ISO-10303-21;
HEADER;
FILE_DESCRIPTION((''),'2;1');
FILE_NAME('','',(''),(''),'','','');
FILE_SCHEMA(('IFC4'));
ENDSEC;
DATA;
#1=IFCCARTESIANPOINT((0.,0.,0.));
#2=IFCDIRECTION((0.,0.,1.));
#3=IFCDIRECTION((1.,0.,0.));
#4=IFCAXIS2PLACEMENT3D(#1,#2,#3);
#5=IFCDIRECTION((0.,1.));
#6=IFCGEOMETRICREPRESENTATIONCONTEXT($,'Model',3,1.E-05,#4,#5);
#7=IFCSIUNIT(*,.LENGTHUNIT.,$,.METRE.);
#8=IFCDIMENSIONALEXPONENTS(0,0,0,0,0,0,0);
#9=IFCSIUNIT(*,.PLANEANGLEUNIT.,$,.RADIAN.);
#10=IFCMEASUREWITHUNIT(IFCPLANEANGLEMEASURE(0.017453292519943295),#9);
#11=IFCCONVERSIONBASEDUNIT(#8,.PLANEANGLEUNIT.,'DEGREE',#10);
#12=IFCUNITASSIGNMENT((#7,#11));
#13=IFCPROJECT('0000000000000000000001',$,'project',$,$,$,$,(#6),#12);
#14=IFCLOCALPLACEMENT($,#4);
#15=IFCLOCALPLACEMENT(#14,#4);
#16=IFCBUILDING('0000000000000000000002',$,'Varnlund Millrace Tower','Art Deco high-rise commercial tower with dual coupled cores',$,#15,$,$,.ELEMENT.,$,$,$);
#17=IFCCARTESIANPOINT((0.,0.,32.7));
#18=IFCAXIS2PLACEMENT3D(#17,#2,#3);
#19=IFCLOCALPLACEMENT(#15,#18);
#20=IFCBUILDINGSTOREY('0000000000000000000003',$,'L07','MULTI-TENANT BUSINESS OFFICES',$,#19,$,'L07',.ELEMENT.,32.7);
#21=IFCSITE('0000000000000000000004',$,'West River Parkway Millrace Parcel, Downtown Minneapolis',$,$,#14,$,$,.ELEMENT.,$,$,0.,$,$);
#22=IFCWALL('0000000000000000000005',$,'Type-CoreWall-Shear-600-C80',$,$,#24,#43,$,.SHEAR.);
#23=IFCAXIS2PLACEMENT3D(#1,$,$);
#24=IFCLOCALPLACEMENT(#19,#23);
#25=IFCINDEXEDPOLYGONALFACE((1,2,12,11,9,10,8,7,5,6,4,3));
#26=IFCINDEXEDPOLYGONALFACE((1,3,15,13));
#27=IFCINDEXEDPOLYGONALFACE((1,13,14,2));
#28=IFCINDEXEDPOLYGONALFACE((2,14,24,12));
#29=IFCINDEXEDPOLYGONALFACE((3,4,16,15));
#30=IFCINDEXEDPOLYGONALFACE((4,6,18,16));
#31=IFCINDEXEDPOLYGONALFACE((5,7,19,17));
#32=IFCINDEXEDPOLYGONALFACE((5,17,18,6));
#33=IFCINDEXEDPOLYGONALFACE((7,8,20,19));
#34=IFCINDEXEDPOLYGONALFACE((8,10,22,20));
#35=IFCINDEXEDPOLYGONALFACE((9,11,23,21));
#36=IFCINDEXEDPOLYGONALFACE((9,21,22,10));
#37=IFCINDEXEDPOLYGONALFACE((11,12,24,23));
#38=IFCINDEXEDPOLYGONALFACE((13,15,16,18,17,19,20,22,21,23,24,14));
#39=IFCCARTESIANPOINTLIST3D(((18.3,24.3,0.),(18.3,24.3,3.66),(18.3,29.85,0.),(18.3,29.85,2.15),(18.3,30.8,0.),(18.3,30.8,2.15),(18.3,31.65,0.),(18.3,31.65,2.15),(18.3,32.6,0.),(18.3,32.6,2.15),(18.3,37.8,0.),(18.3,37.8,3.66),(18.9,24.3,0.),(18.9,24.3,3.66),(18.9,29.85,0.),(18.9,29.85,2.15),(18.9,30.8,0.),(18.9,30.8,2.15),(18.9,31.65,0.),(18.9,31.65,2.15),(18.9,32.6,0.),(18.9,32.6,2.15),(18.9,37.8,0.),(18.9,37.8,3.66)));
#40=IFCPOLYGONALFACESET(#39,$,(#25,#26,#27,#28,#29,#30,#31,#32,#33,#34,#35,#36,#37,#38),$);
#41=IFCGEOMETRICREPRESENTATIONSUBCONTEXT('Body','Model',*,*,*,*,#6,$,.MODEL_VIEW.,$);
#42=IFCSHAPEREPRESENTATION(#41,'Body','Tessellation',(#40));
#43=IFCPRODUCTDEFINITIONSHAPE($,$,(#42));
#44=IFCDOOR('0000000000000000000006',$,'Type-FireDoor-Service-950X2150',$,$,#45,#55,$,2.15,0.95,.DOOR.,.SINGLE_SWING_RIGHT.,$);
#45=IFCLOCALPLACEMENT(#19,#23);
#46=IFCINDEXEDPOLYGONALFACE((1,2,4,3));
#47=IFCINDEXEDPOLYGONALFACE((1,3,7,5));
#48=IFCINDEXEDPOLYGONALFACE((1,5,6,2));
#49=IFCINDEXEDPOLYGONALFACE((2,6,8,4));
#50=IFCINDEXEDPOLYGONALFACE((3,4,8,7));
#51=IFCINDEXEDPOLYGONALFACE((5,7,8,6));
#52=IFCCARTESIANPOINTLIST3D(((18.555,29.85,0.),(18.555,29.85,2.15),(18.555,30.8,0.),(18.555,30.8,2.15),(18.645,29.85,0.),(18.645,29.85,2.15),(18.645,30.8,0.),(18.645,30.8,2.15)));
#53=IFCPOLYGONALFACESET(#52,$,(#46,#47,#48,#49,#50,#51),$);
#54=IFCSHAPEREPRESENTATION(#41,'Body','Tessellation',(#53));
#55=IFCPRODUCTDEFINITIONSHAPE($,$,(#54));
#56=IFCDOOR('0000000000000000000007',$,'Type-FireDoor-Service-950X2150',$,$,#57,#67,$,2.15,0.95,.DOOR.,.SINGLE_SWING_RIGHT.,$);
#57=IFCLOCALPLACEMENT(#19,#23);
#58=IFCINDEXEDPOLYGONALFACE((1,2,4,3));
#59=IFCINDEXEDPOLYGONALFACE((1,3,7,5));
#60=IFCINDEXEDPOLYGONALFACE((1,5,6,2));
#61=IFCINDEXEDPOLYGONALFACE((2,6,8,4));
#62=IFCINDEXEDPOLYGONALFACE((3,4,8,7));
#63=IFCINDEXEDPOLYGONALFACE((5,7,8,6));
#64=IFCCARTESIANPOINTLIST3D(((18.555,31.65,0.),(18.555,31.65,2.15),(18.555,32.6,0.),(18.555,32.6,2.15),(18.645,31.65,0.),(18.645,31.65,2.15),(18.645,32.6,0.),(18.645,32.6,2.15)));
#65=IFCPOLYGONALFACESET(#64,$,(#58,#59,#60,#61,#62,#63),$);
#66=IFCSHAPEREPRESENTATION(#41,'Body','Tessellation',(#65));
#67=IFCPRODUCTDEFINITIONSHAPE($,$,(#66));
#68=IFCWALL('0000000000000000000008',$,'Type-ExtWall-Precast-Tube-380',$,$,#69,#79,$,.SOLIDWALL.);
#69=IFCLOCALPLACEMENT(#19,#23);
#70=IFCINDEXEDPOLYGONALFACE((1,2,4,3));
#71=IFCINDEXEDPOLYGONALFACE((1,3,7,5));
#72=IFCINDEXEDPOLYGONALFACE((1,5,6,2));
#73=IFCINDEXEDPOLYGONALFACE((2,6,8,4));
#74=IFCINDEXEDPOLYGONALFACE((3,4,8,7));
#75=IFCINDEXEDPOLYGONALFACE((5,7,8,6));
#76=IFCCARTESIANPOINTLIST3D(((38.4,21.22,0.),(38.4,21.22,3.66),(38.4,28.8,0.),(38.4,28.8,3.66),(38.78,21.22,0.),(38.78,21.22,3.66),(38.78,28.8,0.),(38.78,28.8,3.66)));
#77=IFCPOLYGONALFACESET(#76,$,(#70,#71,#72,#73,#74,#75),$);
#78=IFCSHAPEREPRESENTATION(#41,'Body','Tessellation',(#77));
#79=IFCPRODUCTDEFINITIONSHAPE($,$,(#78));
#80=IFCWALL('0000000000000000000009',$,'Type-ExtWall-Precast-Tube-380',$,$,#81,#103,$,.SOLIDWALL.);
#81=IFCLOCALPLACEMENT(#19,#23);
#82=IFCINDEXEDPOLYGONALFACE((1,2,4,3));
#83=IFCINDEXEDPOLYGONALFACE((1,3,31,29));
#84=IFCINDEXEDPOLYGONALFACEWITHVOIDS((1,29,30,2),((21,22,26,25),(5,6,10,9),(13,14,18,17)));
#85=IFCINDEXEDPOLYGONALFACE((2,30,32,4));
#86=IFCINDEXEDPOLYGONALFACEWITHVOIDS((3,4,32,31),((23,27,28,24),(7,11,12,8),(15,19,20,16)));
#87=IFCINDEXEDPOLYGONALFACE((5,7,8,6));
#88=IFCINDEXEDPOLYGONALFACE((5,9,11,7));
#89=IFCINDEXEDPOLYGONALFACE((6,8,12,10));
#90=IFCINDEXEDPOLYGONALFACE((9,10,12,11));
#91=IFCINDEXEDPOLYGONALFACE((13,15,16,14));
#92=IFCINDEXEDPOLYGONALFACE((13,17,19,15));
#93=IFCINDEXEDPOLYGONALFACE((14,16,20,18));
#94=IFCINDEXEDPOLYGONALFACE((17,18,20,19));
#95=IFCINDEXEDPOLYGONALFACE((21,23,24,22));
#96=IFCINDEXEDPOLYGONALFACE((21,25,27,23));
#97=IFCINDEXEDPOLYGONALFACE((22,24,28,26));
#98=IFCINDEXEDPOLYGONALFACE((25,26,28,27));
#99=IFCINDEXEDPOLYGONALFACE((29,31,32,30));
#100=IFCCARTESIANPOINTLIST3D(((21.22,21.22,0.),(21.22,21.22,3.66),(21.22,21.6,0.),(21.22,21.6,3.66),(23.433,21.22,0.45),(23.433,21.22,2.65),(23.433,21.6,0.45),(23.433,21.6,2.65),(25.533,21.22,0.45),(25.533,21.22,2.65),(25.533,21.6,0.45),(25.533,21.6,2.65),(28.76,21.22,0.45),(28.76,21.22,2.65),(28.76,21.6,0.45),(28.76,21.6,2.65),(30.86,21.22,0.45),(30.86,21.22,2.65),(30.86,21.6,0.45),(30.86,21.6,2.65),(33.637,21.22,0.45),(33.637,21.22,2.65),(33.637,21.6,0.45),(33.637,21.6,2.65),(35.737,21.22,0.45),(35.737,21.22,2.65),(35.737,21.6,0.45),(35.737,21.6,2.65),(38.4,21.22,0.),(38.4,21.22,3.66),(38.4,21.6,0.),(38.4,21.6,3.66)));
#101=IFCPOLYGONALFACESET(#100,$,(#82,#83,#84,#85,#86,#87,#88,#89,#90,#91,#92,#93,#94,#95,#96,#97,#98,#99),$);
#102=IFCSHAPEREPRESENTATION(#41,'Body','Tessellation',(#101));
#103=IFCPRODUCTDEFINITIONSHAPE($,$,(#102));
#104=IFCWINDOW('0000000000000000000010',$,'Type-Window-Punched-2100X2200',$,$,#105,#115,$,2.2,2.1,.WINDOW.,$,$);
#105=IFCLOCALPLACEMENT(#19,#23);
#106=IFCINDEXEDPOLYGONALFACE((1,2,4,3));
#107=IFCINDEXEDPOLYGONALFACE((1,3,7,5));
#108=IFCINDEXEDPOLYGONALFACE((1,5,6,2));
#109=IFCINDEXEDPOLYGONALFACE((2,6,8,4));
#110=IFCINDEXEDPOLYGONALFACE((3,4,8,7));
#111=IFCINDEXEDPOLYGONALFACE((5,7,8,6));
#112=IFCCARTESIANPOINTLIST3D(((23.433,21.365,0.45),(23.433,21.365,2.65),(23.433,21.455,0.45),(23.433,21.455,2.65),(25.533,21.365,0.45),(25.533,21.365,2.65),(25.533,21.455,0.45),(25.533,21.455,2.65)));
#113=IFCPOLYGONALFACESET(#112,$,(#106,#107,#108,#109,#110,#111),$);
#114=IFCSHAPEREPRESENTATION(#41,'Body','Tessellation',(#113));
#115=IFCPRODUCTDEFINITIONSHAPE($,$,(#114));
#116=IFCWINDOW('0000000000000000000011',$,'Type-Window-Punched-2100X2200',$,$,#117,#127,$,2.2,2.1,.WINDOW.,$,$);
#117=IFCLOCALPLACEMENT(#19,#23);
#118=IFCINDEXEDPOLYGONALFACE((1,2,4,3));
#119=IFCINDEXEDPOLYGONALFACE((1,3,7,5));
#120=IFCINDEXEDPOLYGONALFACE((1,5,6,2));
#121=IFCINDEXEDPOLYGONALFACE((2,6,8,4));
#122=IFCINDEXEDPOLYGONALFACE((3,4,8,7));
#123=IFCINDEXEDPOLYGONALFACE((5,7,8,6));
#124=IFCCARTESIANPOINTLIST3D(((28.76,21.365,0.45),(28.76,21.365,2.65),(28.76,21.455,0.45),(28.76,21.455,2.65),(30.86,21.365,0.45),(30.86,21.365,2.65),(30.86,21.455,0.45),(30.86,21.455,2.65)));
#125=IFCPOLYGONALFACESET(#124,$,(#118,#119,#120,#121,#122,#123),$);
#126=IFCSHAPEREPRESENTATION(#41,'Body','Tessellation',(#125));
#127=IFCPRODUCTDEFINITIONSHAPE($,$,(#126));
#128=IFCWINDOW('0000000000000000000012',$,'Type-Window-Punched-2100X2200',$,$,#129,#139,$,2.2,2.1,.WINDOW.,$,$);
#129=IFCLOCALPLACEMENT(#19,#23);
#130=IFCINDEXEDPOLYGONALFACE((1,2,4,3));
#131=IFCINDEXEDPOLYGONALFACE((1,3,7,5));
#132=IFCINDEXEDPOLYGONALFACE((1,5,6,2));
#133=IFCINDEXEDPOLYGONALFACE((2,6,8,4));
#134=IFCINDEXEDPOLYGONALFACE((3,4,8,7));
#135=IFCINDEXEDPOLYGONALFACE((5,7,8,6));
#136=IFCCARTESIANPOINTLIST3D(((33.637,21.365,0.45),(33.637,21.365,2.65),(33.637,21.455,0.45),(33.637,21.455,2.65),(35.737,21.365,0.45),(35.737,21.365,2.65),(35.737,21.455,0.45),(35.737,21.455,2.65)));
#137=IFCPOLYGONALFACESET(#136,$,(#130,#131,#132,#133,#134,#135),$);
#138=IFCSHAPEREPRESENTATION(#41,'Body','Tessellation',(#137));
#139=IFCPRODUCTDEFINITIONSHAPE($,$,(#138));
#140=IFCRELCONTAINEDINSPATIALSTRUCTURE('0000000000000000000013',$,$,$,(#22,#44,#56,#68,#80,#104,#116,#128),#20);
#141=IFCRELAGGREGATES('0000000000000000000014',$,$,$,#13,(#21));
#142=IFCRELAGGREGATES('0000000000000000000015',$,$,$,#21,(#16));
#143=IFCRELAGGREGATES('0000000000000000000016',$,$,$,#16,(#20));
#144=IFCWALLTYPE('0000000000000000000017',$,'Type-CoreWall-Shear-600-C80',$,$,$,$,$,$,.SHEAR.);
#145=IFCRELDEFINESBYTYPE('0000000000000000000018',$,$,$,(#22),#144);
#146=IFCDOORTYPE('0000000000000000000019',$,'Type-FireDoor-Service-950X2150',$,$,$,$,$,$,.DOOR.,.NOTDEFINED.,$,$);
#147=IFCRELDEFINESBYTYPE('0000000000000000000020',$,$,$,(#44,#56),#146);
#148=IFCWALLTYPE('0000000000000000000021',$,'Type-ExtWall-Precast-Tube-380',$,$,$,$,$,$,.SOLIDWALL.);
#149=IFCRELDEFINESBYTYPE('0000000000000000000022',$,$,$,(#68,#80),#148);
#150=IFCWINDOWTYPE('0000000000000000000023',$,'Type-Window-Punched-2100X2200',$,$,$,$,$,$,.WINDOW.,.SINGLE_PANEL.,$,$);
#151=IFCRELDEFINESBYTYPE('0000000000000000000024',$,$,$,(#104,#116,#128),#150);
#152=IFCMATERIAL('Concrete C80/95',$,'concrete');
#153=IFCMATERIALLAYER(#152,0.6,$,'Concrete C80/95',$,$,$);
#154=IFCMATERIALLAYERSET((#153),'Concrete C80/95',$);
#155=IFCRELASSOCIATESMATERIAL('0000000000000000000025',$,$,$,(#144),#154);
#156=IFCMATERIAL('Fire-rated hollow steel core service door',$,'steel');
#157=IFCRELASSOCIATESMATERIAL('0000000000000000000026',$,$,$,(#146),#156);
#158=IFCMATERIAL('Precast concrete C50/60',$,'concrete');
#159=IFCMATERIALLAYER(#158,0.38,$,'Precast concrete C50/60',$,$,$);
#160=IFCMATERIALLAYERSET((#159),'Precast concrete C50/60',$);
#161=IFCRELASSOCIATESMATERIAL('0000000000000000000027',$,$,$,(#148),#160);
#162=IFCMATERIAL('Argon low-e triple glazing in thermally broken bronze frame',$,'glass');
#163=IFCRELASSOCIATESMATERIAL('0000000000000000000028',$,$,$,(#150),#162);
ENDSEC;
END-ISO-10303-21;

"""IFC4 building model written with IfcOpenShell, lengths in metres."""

from ifc_helpers import new_model, entity, si_unit, converted_unit, direction, frame, origin_with_axes, origin_2d_with_axis, place, context, subcontext, project, spatial, polyline, rectangle, outline, extrude, material, layer, layer_set, type_object, element, fill, save


model = new_model("IFC4")

# Units and contexts
model_context = context("Model", 3, precision=1e-05, world=origin_with_axes(), true_north=direction((0.0, 1.0)))
body_context = subcontext(model_context, "Body", "Model", "MODEL_VIEW")
ifc_project = project(units=[si_unit("LENGTHUNIT", "METRE"), converted_unit("PLANEANGLEUNIT", "DEGREE", entity("IfcPlaneAngleMeasure", 0.017453292519943295), si_unit("PLANEANGLEUNIT", "RADIAN"), dimensions=[0, 0, 0, 0, 0, 0, 0])], contexts=[model_context])

# Site, building, storey
site_placement = place(None, origin_with_axes())
site = spatial("IfcSite", under=ifc_project, at=site_placement, Name="West River Parkway Millrace Parcel, Downtown Minneapolis", CompositionType="ELEMENT", RefElevation=0.0)
building_placement = place(site_placement, origin_with_axes())
building = spatial("IfcBuilding", under=site, at=building_placement, Name="Varnlund Millrace Tower", Description="Art Deco high-rise commercial tower with dual coupled cores", CompositionType="ELEMENT")
storey_placement = place(building_placement, frame((0.0, 0.0, 32.7), z_axis=(0.0, 0.0, 1.0), x_axis=(1.0, 0.0, 0.0)))
storey = spatial("IfcBuildingStorey", under=building, at=storey_placement, Name="L07", Description="MULTI-TENANT BUSINESS OFFICES", LongName="L07", CompositionType="ELEMENT", Elevation=32.7)

# Shared definitions
ifc_material_1 = material(Name="Concrete C80/95", Category="concrete")

# Wall, openings, doors
ifc_layer_1 = layer(ifc_material_1, 0.6, Name="Concrete C80/95")
ifc_layer_set_1 = layer_set([ifc_layer_1], Name="Concrete C80/95")
wall_type_1 = type_object("IfcWallType", Name="Type-CoreWall-Shear-600-C80", PredefinedType="SHEAR", material=ifc_layer_set_1)
wall_1_placement = place(storey_placement, frame((18.6, 24.3, 0.0), z_axis=(0.0, 0.0, 1.0), x_axis=(0.0, 1.0, 0.0)))
wall_1 = element("IfcWall", 1, at=wall_1_placement, inside=storey, type_object=wall_type_1, Name="Type-CoreWall-Shear-600-C80", PredefinedType="SHEAR", context=body_context, shape_type="SweptSolid", body=[
    extrude(outline(polyline([(0.0, -0.3), (13.5, -0.3), (13.5, 0.3), (0.0, 0.3), (0.0, -0.3)])), origin_with_axes(), (0.0, 0.0, 1.0), 3.66),
])
opening_1_placement = place(wall_1_placement, frame((6.025, 0.0, 0.0), z_axis=(0.0, 0.0, 1.0), x_axis=(1.0, 0.0, 0.0)))
opening_1 = element("IfcOpeningElement", 2, at=opening_1_placement, cuts=wall_1, PredefinedType="OPENING", context=body_context, shape_type="SweptSolid", body=[
    extrude(rectangle(XDim=0.95, YDim=0.62, at=origin_2d_with_axis()), origin_with_axes(), (0.0, 0.0, 1.0), 2.15),
])
opening_2_placement = place(wall_1_placement, frame((7.825, 0.0, 0.0), z_axis=(0.0, 0.0, 1.0), x_axis=(1.0, 0.0, 0.0)))
opening_2 = element("IfcOpeningElement", 3, at=opening_2_placement, cuts=wall_1, PredefinedType="OPENING", context=body_context, shape_type="SweptSolid", body=[
    extrude(rectangle(XDim=0.95, YDim=0.62, at=origin_2d_with_axis()), origin_with_axes(), (0.0, 0.0, 1.0), 2.15),
])
ifc_material_2 = material(Name="Fire-rated hollow steel core service door", Category="steel")
door_type_1 = type_object("IfcDoorType", Name="Type-FireDoor-Service-950X2150", OperationType="NOTDEFINED", PredefinedType="DOOR", material=ifc_material_2)
door_1_placement = place(wall_1_placement, frame((6.025, 0.0, 0.0), z_axis=(0.0, 0.0, 1.0), x_axis=(1.0, 0.0, 0.0)))
door_1 = element("IfcDoor", 4, at=door_1_placement, inside=storey, type_object=door_type_1, Name="Type-FireDoor-Service-950X2150", OperationType="SINGLE_SWING_RIGHT", OverallHeight=2.15, OverallWidth=0.95, PredefinedType="DOOR", context=body_context, shape_type="SweptSolid", body=[
    extrude(rectangle(XDim=0.95, YDim=0.09, at=origin_2d_with_axis()), origin_with_axes(), (0.0, 0.0, 1.0), 2.15),
])
fill(opening_1, door_1)
door_2_placement = place(wall_1_placement, frame((7.825, 0.0, 0.0), z_axis=(0.0, 0.0, 1.0), x_axis=(1.0, 0.0, 0.0)))
door_2 = element("IfcDoor", 5, at=door_2_placement, inside=storey, type_object=door_type_1, Name="Type-FireDoor-Service-950X2150", OperationType="SINGLE_SWING_RIGHT", OverallHeight=2.15, OverallWidth=0.95, PredefinedType="DOOR", context=body_context, shape_type="SweptSolid", body=[
    extrude(rectangle(XDim=0.95, YDim=0.09, at=origin_2d_with_axis()), origin_with_axes(), (0.0, 0.0, 1.0), 2.15),
])
fill(opening_2, door_2)

# Wall
ifc_material_3 = material(Name="Precast concrete C50/60", Category="concrete")
ifc_layer_2 = layer(ifc_material_3, 0.38, Name="Precast concrete C50/60")
ifc_layer_set_2 = layer_set([ifc_layer_2], Name="Precast concrete C50/60")
wall_type_2 = type_object("IfcWallType", Name="Type-ExtWall-Precast-Tube-380", PredefinedType="SOLIDWALL", material=ifc_layer_set_2)
wall_2_placement = place(storey_placement, frame((38.59, 21.22, 0.0), z_axis=(0.0, 0.0, 1.0), x_axis=(0.0, 1.0, 0.0)))
element("IfcWall", 6, at=wall_2_placement, inside=storey, type_object=wall_type_2, Name="Type-ExtWall-Precast-Tube-380", PredefinedType="SOLIDWALL", context=body_context, shape_type="SweptSolid", body=[
    extrude(outline(polyline([(0.0, -0.19), (7.58, -0.19), (7.58, 0.19), (0.0, 0.19), (0.0, -0.19)])), origin_with_axes(), (0.0, 0.0, 1.0), 3.66),
])

# Wall, openings, windows
wall_3_placement = place(storey_placement, frame((21.22, 21.41, 0.0), z_axis=(0.0, 0.0, 1.0), x_axis=(1.0, 0.0, 0.0)))
wall_3 = element("IfcWall", 7, at=wall_3_placement, inside=storey, type_object=wall_type_2, Name="Type-ExtWall-Precast-Tube-380", PredefinedType="SOLIDWALL", context=body_context, shape_type="SweptSolid", body=[
    extrude(outline(polyline([(0.0, -0.19), (17.18, -0.19), (17.18, 0.19), (0.0, 0.19), (0.0, -0.19)])), origin_with_axes(), (0.0, 0.0, 1.0), 3.66),
])
opening_3_placement = place(wall_3_placement, frame((3.263, 0.0, 0.45), z_axis=(0.0, 0.0, 1.0), x_axis=(1.0, 0.0, 0.0)))
opening_3 = element("IfcOpeningElement", 8, at=opening_3_placement, cuts=wall_3, PredefinedType="OPENING", context=body_context, shape_type="SweptSolid", body=[
    extrude(rectangle(XDim=2.1, YDim=0.4, at=origin_2d_with_axis()), origin_with_axes(), (0.0, 0.0, 1.0), 2.2),
])
opening_4_placement = place(wall_3_placement, frame((8.59, 0.0, 0.45), z_axis=(0.0, 0.0, 1.0), x_axis=(1.0, 0.0, 0.0)))
opening_4 = element("IfcOpeningElement", 9, at=opening_4_placement, cuts=wall_3, PredefinedType="OPENING", context=body_context, shape_type="SweptSolid", body=[
    extrude(rectangle(XDim=2.1, YDim=0.4, at=origin_2d_with_axis()), origin_with_axes(), (0.0, 0.0, 1.0), 2.2),
])
opening_5_placement = place(wall_3_placement, frame((13.467, 0.0, 0.45), z_axis=(0.0, 0.0, 1.0), x_axis=(1.0, 0.0, 0.0)))
opening_5 = element("IfcOpeningElement", 10, at=opening_5_placement, cuts=wall_3, PredefinedType="OPENING", context=body_context, shape_type="SweptSolid", body=[
    extrude(rectangle(XDim=2.1, YDim=0.4, at=origin_2d_with_axis()), origin_with_axes(), (0.0, 0.0, 1.0), 2.2),
])
ifc_material_4 = material(Name="Argon low-e triple glazing in thermally broken bronze frame", Category="glass")
window_type = type_object("IfcWindowType", Name="Type-Window-Punched-2100X2200", PartitioningType="SINGLE_PANEL", PredefinedType="WINDOW", material=ifc_material_4)
window_1_placement = place(wall_3_placement, frame((3.263, 0.0, 0.45), z_axis=(0.0, 0.0, 1.0), x_axis=(1.0, 0.0, 0.0)))
window_1 = element("IfcWindow", 11, at=window_1_placement, inside=storey, type_object=window_type, Name="Type-Window-Punched-2100X2200", OverallHeight=2.2, OverallWidth=2.1, PredefinedType="WINDOW", context=body_context, shape_type="SweptSolid", body=[
    extrude(rectangle(XDim=2.1, YDim=0.09, at=origin_2d_with_axis()), origin_with_axes(), (0.0, 0.0, 1.0), 2.2),
])
fill(opening_3, window_1)
window_2_placement = place(wall_3_placement, frame((8.59, 0.0, 0.45), z_axis=(0.0, 0.0, 1.0), x_axis=(1.0, 0.0, 0.0)))
window_2 = element("IfcWindow", 12, at=window_2_placement, inside=storey, type_object=window_type, Name="Type-Window-Punched-2100X2200", OverallHeight=2.2, OverallWidth=2.1, PredefinedType="WINDOW", context=body_context, shape_type="SweptSolid", body=[
    extrude(rectangle(XDim=2.1, YDim=0.09, at=origin_2d_with_axis()), origin_with_axes(), (0.0, 0.0, 1.0), 2.2),
])
fill(opening_4, window_2)
window_3_placement = place(wall_3_placement, frame((13.467, 0.0, 0.45), z_axis=(0.0, 0.0, 1.0), x_axis=(1.0, 0.0, 0.0)))
window_3 = element("IfcWindow", 13, at=window_3_placement, inside=storey, type_object=window_type, Name="Type-Window-Punched-2100X2200", OverallHeight=2.2, OverallWidth=2.1, PredefinedType="WINDOW", context=body_context, shape_type="SweptSolid", body=[
    extrude(rectangle(XDim=2.1, YDim=0.09, at=origin_2d_with_axis()), origin_with_axes(), (0.0, 0.0, 1.0), 2.2),
])
fill(opening_5, window_3)

save(model, "model.ifc")
